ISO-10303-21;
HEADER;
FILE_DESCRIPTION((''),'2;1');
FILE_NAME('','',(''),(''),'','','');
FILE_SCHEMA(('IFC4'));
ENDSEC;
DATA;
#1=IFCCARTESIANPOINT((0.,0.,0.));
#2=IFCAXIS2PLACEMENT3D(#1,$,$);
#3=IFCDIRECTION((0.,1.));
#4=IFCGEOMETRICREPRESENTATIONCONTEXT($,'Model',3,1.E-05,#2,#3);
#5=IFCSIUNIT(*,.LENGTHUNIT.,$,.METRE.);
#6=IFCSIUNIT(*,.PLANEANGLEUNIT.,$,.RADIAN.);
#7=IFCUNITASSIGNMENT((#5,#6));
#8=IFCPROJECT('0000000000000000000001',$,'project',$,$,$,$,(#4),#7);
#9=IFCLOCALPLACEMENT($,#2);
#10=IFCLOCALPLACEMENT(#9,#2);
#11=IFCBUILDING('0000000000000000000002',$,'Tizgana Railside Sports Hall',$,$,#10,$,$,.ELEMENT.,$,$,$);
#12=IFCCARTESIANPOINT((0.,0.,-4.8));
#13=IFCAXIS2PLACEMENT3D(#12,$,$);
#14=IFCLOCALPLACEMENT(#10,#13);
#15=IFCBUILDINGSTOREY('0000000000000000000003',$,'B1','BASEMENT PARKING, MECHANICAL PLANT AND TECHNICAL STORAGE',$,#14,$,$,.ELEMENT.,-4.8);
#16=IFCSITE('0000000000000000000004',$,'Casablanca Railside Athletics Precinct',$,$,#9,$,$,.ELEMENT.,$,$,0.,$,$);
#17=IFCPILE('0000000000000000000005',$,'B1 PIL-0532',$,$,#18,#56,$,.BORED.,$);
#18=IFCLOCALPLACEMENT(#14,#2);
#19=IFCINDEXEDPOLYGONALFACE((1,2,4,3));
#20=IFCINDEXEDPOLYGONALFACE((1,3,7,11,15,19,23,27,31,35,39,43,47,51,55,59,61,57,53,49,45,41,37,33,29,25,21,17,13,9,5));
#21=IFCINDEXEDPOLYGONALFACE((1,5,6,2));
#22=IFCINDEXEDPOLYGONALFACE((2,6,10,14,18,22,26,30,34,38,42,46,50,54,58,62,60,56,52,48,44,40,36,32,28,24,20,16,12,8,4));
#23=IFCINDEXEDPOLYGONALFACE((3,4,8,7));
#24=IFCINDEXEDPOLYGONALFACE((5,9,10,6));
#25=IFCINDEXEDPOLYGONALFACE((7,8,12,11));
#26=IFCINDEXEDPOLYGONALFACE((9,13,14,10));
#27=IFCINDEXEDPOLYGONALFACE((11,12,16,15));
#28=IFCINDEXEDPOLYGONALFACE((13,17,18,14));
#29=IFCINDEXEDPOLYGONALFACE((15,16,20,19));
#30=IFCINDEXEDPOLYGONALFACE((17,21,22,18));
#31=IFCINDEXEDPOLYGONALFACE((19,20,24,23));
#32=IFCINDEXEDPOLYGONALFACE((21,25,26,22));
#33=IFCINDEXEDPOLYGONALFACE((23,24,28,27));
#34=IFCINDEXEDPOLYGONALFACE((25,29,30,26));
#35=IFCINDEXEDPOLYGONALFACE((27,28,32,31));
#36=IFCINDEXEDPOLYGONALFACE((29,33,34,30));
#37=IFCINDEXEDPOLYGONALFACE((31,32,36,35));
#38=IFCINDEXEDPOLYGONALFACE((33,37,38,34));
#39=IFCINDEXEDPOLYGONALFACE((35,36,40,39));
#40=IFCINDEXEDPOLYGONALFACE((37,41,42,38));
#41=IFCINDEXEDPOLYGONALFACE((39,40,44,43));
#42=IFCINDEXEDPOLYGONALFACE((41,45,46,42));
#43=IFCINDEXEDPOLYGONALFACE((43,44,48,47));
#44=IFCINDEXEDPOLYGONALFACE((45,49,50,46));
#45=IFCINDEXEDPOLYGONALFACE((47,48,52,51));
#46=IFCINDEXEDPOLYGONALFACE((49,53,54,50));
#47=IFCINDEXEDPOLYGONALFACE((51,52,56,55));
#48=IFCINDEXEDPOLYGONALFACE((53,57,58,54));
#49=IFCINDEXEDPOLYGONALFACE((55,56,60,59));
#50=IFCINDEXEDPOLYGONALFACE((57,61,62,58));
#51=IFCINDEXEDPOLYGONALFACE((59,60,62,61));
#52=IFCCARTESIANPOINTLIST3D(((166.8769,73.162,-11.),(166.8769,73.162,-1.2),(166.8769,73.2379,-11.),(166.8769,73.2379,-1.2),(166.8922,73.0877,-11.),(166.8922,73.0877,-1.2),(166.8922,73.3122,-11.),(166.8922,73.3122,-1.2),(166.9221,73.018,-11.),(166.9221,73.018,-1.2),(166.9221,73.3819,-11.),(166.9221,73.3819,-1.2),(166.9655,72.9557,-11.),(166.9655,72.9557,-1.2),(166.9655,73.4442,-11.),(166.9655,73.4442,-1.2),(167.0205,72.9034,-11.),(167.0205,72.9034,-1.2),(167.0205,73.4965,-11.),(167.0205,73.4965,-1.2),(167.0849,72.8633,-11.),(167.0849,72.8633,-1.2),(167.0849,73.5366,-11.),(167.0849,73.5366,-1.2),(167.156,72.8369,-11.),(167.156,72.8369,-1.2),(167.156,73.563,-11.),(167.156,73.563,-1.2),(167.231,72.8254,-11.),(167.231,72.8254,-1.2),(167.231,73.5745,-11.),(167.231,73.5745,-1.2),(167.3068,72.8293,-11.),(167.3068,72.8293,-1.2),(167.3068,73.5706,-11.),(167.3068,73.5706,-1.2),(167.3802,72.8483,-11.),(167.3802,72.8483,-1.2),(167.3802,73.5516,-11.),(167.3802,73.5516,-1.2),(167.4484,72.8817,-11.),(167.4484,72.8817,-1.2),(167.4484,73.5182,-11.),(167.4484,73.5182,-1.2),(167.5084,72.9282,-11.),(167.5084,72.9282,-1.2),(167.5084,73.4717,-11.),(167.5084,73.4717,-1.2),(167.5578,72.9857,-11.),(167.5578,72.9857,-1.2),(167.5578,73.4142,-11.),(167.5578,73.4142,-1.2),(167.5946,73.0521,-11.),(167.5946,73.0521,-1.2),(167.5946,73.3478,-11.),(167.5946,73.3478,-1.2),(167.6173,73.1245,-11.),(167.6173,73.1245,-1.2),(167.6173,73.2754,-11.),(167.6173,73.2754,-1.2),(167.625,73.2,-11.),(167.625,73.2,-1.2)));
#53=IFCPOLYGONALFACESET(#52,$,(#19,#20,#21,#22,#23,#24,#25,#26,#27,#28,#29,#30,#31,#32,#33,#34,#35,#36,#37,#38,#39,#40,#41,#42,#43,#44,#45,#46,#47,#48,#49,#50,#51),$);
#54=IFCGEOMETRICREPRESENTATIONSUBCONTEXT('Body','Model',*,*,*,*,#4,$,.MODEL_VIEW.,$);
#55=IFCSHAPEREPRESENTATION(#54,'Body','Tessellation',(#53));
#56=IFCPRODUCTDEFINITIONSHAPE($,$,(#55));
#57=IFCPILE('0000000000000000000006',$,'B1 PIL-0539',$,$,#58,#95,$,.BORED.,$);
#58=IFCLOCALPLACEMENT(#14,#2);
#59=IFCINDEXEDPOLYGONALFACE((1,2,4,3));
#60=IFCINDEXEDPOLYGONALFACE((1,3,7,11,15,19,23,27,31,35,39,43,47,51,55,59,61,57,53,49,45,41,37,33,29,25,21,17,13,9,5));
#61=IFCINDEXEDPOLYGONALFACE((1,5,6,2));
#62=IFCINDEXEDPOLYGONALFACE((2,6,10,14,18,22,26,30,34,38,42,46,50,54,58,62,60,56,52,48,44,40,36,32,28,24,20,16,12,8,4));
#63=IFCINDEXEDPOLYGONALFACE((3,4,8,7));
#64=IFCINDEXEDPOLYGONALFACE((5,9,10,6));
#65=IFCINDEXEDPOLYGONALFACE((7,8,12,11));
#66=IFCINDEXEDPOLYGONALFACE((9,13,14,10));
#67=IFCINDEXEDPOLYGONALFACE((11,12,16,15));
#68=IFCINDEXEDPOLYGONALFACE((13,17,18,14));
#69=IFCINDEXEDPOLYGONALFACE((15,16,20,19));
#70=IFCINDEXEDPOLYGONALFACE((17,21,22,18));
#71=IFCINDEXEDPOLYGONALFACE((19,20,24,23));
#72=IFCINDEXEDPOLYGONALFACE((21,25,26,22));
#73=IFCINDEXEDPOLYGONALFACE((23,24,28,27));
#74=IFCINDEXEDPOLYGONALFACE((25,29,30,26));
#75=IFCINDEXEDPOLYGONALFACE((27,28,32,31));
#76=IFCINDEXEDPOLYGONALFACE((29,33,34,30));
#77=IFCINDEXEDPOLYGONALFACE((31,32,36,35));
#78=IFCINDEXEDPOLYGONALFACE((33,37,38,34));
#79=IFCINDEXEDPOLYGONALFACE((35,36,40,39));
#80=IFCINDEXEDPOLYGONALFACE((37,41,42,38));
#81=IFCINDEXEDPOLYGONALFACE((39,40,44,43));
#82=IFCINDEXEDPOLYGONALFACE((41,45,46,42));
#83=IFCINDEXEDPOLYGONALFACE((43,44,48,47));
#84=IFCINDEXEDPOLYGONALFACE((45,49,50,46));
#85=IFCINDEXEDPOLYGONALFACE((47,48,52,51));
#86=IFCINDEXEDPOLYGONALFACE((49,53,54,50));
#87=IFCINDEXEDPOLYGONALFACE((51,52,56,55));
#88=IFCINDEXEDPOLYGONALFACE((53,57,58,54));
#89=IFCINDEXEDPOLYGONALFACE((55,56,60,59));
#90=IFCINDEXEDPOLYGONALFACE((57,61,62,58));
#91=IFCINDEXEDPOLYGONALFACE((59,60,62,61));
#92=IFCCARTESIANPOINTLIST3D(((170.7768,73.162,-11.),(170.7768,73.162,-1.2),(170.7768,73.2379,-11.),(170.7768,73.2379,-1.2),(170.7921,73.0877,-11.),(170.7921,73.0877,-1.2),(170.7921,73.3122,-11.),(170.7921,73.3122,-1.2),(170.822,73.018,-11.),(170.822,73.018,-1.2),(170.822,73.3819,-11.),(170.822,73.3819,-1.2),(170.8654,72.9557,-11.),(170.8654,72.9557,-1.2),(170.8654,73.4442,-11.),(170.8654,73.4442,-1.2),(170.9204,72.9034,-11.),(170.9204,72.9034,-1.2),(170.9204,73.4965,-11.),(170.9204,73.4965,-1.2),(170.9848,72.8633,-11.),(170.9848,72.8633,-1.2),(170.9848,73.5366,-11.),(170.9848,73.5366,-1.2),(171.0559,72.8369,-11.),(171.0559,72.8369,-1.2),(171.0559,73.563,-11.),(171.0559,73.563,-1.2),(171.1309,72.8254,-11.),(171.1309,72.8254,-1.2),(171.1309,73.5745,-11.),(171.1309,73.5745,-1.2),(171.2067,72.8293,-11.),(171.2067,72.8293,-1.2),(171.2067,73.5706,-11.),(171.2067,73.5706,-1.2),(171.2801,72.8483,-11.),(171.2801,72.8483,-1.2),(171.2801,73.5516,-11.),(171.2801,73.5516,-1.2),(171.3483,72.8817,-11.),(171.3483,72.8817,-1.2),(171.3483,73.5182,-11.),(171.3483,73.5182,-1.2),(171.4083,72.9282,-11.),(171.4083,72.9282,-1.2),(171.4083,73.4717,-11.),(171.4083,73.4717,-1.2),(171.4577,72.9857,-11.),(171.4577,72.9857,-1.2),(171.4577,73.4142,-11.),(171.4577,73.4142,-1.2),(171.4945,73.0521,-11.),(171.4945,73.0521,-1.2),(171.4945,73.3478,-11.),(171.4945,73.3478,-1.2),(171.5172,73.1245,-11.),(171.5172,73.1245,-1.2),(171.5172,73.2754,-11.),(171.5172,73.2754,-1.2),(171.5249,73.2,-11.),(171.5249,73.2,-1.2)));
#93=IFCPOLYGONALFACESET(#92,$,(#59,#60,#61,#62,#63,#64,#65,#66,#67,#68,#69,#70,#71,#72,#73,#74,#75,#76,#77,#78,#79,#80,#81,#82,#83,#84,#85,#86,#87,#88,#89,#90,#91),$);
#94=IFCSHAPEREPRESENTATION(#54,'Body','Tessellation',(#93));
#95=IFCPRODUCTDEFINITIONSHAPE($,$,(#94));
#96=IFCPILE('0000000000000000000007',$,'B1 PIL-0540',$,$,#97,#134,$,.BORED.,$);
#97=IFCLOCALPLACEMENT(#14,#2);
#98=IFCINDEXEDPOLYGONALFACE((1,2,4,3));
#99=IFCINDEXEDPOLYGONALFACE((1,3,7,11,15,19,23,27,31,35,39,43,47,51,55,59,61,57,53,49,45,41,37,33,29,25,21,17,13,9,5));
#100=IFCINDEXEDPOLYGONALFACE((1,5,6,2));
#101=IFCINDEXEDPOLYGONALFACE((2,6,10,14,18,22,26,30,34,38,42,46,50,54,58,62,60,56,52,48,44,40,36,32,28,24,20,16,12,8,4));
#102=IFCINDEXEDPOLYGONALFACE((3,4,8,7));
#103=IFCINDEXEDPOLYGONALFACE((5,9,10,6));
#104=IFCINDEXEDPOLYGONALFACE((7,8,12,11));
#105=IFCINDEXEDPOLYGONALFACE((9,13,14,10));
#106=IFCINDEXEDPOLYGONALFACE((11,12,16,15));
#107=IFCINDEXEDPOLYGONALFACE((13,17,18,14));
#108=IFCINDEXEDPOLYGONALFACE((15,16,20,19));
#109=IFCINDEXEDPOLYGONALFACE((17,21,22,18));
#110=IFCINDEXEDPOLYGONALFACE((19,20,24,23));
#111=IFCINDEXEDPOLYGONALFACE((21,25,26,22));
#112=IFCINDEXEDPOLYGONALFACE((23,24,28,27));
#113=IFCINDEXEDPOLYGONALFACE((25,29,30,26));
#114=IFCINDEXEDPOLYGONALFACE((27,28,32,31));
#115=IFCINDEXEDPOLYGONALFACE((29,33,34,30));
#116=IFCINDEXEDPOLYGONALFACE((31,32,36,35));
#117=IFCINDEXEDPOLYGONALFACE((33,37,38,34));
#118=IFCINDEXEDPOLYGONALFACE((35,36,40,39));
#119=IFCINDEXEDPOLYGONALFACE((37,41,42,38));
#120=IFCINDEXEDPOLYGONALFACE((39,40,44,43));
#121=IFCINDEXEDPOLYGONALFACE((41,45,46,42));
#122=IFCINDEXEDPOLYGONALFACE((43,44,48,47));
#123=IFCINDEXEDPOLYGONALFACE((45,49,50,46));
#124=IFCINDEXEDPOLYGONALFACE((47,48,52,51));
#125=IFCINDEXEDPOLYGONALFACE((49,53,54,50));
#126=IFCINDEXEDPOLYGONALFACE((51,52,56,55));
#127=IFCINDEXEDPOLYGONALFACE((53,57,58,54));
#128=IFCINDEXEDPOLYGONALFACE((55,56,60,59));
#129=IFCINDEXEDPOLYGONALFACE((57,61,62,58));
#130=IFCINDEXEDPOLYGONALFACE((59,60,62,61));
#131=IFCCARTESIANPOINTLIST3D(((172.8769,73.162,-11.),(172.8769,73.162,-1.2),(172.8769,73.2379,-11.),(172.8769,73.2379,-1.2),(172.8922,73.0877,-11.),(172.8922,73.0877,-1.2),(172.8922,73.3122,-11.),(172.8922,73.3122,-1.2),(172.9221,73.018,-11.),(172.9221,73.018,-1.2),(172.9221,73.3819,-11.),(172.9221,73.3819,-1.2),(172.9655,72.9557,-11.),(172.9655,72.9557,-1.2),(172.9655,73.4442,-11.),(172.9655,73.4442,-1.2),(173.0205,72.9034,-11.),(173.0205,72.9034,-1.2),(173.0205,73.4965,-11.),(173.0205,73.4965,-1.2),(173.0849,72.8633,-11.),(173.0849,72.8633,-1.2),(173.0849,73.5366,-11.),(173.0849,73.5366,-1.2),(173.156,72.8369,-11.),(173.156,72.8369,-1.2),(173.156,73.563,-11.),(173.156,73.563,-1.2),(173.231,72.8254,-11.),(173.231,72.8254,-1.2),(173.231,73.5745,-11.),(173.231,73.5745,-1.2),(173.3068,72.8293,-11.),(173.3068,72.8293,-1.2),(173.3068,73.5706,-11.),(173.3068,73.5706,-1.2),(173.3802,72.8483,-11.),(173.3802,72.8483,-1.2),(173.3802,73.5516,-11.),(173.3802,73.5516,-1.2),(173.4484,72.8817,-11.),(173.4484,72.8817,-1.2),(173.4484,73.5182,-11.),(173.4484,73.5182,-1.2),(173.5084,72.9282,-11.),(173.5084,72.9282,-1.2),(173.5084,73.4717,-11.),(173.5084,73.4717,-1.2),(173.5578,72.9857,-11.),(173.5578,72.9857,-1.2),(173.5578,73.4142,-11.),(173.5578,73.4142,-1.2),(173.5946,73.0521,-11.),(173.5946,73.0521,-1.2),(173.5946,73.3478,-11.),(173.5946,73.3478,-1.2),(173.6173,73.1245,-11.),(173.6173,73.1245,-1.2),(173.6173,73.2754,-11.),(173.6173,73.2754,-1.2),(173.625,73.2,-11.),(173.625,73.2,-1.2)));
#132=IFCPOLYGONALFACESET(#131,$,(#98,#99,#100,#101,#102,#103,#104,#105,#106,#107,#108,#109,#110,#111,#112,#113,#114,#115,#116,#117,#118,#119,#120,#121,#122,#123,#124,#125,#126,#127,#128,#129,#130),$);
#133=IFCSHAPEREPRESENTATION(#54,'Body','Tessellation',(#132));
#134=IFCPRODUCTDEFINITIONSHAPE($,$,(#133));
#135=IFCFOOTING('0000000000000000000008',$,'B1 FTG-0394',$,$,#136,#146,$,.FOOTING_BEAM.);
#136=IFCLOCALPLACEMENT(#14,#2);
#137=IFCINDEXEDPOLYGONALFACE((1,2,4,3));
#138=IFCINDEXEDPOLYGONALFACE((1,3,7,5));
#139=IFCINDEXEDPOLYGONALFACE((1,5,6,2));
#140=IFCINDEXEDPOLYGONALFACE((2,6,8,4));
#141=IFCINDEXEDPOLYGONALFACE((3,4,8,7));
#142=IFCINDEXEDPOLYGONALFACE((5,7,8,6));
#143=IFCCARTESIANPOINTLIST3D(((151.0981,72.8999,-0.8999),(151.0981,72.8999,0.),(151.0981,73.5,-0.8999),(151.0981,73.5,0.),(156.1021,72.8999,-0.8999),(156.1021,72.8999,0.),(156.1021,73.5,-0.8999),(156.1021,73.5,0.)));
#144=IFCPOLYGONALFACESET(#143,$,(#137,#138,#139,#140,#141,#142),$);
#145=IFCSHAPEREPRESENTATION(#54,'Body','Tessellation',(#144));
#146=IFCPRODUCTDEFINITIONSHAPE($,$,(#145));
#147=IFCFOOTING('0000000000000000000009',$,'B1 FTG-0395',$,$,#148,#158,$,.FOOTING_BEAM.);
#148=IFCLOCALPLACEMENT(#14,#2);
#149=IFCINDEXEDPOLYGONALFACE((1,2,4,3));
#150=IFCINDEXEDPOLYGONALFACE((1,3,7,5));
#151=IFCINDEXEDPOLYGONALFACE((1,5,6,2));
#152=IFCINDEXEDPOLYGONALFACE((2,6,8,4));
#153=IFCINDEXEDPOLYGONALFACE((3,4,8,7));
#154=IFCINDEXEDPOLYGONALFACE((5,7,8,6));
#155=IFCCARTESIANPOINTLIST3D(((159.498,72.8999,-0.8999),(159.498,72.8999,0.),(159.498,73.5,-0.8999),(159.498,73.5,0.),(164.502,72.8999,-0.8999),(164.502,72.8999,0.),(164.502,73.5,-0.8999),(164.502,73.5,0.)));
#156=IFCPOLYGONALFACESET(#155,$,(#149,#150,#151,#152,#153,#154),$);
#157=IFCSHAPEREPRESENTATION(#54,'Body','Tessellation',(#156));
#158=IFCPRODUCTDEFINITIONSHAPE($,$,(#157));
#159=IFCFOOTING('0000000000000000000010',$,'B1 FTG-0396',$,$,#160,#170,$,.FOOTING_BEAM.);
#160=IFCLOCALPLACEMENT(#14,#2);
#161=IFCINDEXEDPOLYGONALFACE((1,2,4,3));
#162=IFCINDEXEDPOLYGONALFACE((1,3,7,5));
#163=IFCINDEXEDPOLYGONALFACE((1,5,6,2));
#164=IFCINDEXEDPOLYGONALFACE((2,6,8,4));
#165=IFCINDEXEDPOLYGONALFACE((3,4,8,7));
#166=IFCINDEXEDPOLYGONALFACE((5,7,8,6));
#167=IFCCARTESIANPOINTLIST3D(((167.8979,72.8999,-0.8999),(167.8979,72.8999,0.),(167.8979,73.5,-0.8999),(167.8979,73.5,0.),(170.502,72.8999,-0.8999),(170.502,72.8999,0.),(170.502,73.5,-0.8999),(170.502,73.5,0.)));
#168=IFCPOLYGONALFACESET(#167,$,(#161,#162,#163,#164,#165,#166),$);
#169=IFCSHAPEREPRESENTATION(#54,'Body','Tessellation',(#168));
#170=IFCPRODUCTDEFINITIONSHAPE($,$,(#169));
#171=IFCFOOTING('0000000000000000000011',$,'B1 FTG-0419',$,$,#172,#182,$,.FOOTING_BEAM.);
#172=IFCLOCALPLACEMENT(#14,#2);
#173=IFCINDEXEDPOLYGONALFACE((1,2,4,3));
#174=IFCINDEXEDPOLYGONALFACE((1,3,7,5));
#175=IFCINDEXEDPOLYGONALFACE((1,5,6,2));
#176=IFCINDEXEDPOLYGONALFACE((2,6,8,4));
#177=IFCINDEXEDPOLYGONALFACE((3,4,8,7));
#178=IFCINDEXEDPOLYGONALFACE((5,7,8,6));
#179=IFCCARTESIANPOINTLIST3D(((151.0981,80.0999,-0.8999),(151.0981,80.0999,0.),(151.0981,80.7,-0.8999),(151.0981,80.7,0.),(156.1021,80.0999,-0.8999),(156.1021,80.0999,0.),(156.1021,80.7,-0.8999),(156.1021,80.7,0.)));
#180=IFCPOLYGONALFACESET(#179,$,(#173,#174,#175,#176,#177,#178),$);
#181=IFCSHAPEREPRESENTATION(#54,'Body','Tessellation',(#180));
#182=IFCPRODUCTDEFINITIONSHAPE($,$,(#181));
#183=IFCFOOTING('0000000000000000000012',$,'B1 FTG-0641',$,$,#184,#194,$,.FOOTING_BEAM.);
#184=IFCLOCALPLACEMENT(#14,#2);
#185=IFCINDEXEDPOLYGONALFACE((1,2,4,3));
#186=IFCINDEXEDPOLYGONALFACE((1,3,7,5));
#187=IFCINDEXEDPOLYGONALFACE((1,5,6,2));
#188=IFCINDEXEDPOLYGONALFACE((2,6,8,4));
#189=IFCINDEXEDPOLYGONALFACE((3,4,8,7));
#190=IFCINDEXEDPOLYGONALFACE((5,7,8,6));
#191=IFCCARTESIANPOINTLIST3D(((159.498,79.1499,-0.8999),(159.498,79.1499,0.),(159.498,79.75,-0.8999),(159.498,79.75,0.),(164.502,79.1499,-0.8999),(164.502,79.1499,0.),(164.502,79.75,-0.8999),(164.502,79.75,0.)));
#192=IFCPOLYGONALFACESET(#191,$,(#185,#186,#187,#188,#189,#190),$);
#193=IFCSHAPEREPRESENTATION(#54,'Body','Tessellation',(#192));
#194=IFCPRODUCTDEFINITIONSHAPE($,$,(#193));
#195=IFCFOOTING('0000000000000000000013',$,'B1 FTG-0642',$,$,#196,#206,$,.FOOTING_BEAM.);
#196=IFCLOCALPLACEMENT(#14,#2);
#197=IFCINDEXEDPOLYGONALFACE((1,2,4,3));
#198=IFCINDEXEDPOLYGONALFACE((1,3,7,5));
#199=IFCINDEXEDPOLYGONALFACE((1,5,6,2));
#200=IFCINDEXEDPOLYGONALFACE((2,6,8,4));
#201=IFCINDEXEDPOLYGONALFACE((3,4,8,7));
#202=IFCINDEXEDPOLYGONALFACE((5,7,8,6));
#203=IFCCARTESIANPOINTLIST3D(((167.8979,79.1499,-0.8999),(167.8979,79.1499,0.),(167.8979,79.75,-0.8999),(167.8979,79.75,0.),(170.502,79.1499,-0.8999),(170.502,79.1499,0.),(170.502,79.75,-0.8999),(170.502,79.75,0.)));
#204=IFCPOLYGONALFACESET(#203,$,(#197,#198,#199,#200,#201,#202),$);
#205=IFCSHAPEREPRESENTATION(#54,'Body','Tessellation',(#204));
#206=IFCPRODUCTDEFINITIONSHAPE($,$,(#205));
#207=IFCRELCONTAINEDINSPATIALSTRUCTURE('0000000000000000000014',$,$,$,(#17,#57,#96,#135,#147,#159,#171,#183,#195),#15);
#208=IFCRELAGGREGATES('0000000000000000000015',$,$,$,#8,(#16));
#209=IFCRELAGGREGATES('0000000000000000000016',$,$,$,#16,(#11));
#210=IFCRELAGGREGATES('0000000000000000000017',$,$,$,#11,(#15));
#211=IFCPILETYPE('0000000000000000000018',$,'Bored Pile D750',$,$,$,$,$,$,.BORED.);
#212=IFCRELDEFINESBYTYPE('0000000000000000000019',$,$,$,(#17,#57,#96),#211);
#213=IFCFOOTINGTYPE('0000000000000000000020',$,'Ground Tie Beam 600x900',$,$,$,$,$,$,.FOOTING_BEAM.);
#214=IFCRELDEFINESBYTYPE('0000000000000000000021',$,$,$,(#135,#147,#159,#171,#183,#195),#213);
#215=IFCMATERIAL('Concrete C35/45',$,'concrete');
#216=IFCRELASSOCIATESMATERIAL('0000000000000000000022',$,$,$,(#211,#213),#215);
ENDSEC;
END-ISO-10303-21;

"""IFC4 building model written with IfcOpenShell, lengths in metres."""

from ifc_helpers import new_model, si_unit, direction, frame, origin, origin_2d, place, context, subcontext, project, spatial, rectangle, circle, extrude, material, material_profile, profile_set, type_object, element, save


model = new_model("IFC4")

# Units and contexts
model_context = context("Model", 3, precision=1e-05, world=origin(), true_north=direction((0.0, 1.0)))
body_context = subcontext(model_context, "Body", "Model", "MODEL_VIEW")
ifc_project = project(units=[si_unit("LENGTHUNIT", "METRE"), si_unit("PLANEANGLEUNIT", "RADIAN")], contexts=[model_context])

# Site, building, storey
site_placement = place(None, origin())
site = spatial("IfcSite", under=ifc_project, at=site_placement, Name="Casablanca Railside Athletics Precinct", CompositionType="ELEMENT", RefElevation=0.0)
building_placement = place(site_placement, origin())
building = spatial("IfcBuilding", under=site, at=building_placement, Name="Tizgana Railside Sports Hall", CompositionType="ELEMENT")
storey_placement = place(building_placement, frame((0.0, 0.0, -4.8)))
storey = spatial("IfcBuildingStorey", under=building, at=storey_placement, Name="B1", Description="BASEMENT PARKING, MECHANICAL PLANT AND TECHNICAL STORAGE", CompositionType="ELEMENT", Elevation=-4.8)

# Piles
ifc_material_1 = material(Name="Concrete C35/45", Category="concrete")
ifc_material_profile_1 = material_profile(ifc_material_1, circle(Radius=0.375, at=origin_2d()), Name="PILE D750")
ifc_profile_set_1 = profile_set([ifc_material_profile_1], Name="Concrete C35/45")
pile_type = type_object("IfcPileType", Name="Bored Pile D750", PredefinedType="BORED", material=ifc_profile_set_1)
for number, where, z_axis, x_axis, name in (
    (1, (167.25, 73.2, -1.2), (0.0, 0.0, -1.0), (1.0, 0.0, 0.0), "B1 PIL-0532"),
    (2, (171.1499, 73.2, -1.2), (0.0, 0.0, -1.0), (1.0, 0.0, 0.0), "B1 PIL-0539"),
    (3, (173.25, 73.2, -1.2), (0.0, 0.0, -1.0), (1.0, 0.0, 0.0), "B1 PIL-0540"),
):
    element("IfcPile", number, at=place(storey_placement, frame(where, z_axis=z_axis, x_axis=x_axis)), inside=storey, type_object=pile_type, Name=name, PredefinedType="BORED", context=body_context, shape_type="SweptSolid", body=[
        extrude(circle(Radius=0.375, at=origin_2d()), origin(), (0.0, 0.0, 1.0), 9.8),
    ])

# Footings
footing_type_1 = type_object("IfcFootingType", Name="Ground Tie Beam 600x900", PredefinedType="FOOTING_BEAM", material=ifc_material_1)
for number, where, z_axis, x_axis, name in (
    (4, (153.6001, 73.2, -0.8999), (0.0, 0.0, 1.0), (1.0, 0.0, 0.0), "B1 FTG-0394"),
    (5, (162.0, 73.2, -0.8999), (0.0, 0.0, 1.0), (1.0, 0.0, 0.0), "B1 FTG-0395"),
):
    element("IfcFooting", number, at=place(storey_placement, frame(where, z_axis=z_axis, x_axis=x_axis)), inside=storey, type_object=footing_type_1, Name=name, PredefinedType="FOOTING_BEAM", context=body_context, shape_type="SweptSolid", body=[
        extrude(rectangle(XDim=5.0039, YDim=0.6001, at=origin_2d()), origin(), (0.0, 0.0, 1.0), 0.8999),
    ])
footing_1_placement = place(storey_placement, frame((169.2, 73.2, -0.8999), z_axis=(0.0, 0.0, 1.0), x_axis=(1.0, 0.0, 0.0)))
element("IfcFooting", 6, at=footing_1_placement, inside=storey, type_object=footing_type_1, Name="B1 FTG-0396", PredefinedType="FOOTING_BEAM", context=body_context, shape_type="SweptSolid", body=[
    extrude(rectangle(XDim=2.604, YDim=0.6001, at=origin_2d()), origin(), (0.0, 0.0, 1.0), 0.8999),
])
for number, where, z_axis, x_axis, name in (
    (7, (153.6001, 80.3999, -0.8999), (0.0, 0.0, 1.0), (1.0, 0.0, 0.0), "B1 FTG-0419"),
    (8, (162.0, 79.45, -0.8999), (0.0, 0.0, 1.0), (1.0, 0.0, 0.0), "B1 FTG-0641"),
):
    element("IfcFooting", number, at=place(storey_placement, frame(where, z_axis=z_axis, x_axis=x_axis)), inside=storey, type_object=footing_type_1, Name=name, PredefinedType="FOOTING_BEAM", context=body_context, shape_type="SweptSolid", body=[
        extrude(rectangle(XDim=5.0039, YDim=0.6001, at=origin_2d()), origin(), (0.0, 0.0, 1.0), 0.8999),
    ])
footing_2_placement = place(storey_placement, frame((169.2, 79.45, -0.8999), z_axis=(0.0, 0.0, 1.0), x_axis=(1.0, 0.0, 0.0)))
element("IfcFooting", 9, at=footing_2_placement, inside=storey, type_object=footing_type_1, Name="B1 FTG-0642", PredefinedType="FOOTING_BEAM", context=body_context, shape_type="SweptSolid", body=[
    extrude(rectangle(XDim=2.604, YDim=0.6001, at=origin_2d()), origin(), (0.0, 0.0, 1.0), 0.8999),
])

save(model, "model.ifc")
